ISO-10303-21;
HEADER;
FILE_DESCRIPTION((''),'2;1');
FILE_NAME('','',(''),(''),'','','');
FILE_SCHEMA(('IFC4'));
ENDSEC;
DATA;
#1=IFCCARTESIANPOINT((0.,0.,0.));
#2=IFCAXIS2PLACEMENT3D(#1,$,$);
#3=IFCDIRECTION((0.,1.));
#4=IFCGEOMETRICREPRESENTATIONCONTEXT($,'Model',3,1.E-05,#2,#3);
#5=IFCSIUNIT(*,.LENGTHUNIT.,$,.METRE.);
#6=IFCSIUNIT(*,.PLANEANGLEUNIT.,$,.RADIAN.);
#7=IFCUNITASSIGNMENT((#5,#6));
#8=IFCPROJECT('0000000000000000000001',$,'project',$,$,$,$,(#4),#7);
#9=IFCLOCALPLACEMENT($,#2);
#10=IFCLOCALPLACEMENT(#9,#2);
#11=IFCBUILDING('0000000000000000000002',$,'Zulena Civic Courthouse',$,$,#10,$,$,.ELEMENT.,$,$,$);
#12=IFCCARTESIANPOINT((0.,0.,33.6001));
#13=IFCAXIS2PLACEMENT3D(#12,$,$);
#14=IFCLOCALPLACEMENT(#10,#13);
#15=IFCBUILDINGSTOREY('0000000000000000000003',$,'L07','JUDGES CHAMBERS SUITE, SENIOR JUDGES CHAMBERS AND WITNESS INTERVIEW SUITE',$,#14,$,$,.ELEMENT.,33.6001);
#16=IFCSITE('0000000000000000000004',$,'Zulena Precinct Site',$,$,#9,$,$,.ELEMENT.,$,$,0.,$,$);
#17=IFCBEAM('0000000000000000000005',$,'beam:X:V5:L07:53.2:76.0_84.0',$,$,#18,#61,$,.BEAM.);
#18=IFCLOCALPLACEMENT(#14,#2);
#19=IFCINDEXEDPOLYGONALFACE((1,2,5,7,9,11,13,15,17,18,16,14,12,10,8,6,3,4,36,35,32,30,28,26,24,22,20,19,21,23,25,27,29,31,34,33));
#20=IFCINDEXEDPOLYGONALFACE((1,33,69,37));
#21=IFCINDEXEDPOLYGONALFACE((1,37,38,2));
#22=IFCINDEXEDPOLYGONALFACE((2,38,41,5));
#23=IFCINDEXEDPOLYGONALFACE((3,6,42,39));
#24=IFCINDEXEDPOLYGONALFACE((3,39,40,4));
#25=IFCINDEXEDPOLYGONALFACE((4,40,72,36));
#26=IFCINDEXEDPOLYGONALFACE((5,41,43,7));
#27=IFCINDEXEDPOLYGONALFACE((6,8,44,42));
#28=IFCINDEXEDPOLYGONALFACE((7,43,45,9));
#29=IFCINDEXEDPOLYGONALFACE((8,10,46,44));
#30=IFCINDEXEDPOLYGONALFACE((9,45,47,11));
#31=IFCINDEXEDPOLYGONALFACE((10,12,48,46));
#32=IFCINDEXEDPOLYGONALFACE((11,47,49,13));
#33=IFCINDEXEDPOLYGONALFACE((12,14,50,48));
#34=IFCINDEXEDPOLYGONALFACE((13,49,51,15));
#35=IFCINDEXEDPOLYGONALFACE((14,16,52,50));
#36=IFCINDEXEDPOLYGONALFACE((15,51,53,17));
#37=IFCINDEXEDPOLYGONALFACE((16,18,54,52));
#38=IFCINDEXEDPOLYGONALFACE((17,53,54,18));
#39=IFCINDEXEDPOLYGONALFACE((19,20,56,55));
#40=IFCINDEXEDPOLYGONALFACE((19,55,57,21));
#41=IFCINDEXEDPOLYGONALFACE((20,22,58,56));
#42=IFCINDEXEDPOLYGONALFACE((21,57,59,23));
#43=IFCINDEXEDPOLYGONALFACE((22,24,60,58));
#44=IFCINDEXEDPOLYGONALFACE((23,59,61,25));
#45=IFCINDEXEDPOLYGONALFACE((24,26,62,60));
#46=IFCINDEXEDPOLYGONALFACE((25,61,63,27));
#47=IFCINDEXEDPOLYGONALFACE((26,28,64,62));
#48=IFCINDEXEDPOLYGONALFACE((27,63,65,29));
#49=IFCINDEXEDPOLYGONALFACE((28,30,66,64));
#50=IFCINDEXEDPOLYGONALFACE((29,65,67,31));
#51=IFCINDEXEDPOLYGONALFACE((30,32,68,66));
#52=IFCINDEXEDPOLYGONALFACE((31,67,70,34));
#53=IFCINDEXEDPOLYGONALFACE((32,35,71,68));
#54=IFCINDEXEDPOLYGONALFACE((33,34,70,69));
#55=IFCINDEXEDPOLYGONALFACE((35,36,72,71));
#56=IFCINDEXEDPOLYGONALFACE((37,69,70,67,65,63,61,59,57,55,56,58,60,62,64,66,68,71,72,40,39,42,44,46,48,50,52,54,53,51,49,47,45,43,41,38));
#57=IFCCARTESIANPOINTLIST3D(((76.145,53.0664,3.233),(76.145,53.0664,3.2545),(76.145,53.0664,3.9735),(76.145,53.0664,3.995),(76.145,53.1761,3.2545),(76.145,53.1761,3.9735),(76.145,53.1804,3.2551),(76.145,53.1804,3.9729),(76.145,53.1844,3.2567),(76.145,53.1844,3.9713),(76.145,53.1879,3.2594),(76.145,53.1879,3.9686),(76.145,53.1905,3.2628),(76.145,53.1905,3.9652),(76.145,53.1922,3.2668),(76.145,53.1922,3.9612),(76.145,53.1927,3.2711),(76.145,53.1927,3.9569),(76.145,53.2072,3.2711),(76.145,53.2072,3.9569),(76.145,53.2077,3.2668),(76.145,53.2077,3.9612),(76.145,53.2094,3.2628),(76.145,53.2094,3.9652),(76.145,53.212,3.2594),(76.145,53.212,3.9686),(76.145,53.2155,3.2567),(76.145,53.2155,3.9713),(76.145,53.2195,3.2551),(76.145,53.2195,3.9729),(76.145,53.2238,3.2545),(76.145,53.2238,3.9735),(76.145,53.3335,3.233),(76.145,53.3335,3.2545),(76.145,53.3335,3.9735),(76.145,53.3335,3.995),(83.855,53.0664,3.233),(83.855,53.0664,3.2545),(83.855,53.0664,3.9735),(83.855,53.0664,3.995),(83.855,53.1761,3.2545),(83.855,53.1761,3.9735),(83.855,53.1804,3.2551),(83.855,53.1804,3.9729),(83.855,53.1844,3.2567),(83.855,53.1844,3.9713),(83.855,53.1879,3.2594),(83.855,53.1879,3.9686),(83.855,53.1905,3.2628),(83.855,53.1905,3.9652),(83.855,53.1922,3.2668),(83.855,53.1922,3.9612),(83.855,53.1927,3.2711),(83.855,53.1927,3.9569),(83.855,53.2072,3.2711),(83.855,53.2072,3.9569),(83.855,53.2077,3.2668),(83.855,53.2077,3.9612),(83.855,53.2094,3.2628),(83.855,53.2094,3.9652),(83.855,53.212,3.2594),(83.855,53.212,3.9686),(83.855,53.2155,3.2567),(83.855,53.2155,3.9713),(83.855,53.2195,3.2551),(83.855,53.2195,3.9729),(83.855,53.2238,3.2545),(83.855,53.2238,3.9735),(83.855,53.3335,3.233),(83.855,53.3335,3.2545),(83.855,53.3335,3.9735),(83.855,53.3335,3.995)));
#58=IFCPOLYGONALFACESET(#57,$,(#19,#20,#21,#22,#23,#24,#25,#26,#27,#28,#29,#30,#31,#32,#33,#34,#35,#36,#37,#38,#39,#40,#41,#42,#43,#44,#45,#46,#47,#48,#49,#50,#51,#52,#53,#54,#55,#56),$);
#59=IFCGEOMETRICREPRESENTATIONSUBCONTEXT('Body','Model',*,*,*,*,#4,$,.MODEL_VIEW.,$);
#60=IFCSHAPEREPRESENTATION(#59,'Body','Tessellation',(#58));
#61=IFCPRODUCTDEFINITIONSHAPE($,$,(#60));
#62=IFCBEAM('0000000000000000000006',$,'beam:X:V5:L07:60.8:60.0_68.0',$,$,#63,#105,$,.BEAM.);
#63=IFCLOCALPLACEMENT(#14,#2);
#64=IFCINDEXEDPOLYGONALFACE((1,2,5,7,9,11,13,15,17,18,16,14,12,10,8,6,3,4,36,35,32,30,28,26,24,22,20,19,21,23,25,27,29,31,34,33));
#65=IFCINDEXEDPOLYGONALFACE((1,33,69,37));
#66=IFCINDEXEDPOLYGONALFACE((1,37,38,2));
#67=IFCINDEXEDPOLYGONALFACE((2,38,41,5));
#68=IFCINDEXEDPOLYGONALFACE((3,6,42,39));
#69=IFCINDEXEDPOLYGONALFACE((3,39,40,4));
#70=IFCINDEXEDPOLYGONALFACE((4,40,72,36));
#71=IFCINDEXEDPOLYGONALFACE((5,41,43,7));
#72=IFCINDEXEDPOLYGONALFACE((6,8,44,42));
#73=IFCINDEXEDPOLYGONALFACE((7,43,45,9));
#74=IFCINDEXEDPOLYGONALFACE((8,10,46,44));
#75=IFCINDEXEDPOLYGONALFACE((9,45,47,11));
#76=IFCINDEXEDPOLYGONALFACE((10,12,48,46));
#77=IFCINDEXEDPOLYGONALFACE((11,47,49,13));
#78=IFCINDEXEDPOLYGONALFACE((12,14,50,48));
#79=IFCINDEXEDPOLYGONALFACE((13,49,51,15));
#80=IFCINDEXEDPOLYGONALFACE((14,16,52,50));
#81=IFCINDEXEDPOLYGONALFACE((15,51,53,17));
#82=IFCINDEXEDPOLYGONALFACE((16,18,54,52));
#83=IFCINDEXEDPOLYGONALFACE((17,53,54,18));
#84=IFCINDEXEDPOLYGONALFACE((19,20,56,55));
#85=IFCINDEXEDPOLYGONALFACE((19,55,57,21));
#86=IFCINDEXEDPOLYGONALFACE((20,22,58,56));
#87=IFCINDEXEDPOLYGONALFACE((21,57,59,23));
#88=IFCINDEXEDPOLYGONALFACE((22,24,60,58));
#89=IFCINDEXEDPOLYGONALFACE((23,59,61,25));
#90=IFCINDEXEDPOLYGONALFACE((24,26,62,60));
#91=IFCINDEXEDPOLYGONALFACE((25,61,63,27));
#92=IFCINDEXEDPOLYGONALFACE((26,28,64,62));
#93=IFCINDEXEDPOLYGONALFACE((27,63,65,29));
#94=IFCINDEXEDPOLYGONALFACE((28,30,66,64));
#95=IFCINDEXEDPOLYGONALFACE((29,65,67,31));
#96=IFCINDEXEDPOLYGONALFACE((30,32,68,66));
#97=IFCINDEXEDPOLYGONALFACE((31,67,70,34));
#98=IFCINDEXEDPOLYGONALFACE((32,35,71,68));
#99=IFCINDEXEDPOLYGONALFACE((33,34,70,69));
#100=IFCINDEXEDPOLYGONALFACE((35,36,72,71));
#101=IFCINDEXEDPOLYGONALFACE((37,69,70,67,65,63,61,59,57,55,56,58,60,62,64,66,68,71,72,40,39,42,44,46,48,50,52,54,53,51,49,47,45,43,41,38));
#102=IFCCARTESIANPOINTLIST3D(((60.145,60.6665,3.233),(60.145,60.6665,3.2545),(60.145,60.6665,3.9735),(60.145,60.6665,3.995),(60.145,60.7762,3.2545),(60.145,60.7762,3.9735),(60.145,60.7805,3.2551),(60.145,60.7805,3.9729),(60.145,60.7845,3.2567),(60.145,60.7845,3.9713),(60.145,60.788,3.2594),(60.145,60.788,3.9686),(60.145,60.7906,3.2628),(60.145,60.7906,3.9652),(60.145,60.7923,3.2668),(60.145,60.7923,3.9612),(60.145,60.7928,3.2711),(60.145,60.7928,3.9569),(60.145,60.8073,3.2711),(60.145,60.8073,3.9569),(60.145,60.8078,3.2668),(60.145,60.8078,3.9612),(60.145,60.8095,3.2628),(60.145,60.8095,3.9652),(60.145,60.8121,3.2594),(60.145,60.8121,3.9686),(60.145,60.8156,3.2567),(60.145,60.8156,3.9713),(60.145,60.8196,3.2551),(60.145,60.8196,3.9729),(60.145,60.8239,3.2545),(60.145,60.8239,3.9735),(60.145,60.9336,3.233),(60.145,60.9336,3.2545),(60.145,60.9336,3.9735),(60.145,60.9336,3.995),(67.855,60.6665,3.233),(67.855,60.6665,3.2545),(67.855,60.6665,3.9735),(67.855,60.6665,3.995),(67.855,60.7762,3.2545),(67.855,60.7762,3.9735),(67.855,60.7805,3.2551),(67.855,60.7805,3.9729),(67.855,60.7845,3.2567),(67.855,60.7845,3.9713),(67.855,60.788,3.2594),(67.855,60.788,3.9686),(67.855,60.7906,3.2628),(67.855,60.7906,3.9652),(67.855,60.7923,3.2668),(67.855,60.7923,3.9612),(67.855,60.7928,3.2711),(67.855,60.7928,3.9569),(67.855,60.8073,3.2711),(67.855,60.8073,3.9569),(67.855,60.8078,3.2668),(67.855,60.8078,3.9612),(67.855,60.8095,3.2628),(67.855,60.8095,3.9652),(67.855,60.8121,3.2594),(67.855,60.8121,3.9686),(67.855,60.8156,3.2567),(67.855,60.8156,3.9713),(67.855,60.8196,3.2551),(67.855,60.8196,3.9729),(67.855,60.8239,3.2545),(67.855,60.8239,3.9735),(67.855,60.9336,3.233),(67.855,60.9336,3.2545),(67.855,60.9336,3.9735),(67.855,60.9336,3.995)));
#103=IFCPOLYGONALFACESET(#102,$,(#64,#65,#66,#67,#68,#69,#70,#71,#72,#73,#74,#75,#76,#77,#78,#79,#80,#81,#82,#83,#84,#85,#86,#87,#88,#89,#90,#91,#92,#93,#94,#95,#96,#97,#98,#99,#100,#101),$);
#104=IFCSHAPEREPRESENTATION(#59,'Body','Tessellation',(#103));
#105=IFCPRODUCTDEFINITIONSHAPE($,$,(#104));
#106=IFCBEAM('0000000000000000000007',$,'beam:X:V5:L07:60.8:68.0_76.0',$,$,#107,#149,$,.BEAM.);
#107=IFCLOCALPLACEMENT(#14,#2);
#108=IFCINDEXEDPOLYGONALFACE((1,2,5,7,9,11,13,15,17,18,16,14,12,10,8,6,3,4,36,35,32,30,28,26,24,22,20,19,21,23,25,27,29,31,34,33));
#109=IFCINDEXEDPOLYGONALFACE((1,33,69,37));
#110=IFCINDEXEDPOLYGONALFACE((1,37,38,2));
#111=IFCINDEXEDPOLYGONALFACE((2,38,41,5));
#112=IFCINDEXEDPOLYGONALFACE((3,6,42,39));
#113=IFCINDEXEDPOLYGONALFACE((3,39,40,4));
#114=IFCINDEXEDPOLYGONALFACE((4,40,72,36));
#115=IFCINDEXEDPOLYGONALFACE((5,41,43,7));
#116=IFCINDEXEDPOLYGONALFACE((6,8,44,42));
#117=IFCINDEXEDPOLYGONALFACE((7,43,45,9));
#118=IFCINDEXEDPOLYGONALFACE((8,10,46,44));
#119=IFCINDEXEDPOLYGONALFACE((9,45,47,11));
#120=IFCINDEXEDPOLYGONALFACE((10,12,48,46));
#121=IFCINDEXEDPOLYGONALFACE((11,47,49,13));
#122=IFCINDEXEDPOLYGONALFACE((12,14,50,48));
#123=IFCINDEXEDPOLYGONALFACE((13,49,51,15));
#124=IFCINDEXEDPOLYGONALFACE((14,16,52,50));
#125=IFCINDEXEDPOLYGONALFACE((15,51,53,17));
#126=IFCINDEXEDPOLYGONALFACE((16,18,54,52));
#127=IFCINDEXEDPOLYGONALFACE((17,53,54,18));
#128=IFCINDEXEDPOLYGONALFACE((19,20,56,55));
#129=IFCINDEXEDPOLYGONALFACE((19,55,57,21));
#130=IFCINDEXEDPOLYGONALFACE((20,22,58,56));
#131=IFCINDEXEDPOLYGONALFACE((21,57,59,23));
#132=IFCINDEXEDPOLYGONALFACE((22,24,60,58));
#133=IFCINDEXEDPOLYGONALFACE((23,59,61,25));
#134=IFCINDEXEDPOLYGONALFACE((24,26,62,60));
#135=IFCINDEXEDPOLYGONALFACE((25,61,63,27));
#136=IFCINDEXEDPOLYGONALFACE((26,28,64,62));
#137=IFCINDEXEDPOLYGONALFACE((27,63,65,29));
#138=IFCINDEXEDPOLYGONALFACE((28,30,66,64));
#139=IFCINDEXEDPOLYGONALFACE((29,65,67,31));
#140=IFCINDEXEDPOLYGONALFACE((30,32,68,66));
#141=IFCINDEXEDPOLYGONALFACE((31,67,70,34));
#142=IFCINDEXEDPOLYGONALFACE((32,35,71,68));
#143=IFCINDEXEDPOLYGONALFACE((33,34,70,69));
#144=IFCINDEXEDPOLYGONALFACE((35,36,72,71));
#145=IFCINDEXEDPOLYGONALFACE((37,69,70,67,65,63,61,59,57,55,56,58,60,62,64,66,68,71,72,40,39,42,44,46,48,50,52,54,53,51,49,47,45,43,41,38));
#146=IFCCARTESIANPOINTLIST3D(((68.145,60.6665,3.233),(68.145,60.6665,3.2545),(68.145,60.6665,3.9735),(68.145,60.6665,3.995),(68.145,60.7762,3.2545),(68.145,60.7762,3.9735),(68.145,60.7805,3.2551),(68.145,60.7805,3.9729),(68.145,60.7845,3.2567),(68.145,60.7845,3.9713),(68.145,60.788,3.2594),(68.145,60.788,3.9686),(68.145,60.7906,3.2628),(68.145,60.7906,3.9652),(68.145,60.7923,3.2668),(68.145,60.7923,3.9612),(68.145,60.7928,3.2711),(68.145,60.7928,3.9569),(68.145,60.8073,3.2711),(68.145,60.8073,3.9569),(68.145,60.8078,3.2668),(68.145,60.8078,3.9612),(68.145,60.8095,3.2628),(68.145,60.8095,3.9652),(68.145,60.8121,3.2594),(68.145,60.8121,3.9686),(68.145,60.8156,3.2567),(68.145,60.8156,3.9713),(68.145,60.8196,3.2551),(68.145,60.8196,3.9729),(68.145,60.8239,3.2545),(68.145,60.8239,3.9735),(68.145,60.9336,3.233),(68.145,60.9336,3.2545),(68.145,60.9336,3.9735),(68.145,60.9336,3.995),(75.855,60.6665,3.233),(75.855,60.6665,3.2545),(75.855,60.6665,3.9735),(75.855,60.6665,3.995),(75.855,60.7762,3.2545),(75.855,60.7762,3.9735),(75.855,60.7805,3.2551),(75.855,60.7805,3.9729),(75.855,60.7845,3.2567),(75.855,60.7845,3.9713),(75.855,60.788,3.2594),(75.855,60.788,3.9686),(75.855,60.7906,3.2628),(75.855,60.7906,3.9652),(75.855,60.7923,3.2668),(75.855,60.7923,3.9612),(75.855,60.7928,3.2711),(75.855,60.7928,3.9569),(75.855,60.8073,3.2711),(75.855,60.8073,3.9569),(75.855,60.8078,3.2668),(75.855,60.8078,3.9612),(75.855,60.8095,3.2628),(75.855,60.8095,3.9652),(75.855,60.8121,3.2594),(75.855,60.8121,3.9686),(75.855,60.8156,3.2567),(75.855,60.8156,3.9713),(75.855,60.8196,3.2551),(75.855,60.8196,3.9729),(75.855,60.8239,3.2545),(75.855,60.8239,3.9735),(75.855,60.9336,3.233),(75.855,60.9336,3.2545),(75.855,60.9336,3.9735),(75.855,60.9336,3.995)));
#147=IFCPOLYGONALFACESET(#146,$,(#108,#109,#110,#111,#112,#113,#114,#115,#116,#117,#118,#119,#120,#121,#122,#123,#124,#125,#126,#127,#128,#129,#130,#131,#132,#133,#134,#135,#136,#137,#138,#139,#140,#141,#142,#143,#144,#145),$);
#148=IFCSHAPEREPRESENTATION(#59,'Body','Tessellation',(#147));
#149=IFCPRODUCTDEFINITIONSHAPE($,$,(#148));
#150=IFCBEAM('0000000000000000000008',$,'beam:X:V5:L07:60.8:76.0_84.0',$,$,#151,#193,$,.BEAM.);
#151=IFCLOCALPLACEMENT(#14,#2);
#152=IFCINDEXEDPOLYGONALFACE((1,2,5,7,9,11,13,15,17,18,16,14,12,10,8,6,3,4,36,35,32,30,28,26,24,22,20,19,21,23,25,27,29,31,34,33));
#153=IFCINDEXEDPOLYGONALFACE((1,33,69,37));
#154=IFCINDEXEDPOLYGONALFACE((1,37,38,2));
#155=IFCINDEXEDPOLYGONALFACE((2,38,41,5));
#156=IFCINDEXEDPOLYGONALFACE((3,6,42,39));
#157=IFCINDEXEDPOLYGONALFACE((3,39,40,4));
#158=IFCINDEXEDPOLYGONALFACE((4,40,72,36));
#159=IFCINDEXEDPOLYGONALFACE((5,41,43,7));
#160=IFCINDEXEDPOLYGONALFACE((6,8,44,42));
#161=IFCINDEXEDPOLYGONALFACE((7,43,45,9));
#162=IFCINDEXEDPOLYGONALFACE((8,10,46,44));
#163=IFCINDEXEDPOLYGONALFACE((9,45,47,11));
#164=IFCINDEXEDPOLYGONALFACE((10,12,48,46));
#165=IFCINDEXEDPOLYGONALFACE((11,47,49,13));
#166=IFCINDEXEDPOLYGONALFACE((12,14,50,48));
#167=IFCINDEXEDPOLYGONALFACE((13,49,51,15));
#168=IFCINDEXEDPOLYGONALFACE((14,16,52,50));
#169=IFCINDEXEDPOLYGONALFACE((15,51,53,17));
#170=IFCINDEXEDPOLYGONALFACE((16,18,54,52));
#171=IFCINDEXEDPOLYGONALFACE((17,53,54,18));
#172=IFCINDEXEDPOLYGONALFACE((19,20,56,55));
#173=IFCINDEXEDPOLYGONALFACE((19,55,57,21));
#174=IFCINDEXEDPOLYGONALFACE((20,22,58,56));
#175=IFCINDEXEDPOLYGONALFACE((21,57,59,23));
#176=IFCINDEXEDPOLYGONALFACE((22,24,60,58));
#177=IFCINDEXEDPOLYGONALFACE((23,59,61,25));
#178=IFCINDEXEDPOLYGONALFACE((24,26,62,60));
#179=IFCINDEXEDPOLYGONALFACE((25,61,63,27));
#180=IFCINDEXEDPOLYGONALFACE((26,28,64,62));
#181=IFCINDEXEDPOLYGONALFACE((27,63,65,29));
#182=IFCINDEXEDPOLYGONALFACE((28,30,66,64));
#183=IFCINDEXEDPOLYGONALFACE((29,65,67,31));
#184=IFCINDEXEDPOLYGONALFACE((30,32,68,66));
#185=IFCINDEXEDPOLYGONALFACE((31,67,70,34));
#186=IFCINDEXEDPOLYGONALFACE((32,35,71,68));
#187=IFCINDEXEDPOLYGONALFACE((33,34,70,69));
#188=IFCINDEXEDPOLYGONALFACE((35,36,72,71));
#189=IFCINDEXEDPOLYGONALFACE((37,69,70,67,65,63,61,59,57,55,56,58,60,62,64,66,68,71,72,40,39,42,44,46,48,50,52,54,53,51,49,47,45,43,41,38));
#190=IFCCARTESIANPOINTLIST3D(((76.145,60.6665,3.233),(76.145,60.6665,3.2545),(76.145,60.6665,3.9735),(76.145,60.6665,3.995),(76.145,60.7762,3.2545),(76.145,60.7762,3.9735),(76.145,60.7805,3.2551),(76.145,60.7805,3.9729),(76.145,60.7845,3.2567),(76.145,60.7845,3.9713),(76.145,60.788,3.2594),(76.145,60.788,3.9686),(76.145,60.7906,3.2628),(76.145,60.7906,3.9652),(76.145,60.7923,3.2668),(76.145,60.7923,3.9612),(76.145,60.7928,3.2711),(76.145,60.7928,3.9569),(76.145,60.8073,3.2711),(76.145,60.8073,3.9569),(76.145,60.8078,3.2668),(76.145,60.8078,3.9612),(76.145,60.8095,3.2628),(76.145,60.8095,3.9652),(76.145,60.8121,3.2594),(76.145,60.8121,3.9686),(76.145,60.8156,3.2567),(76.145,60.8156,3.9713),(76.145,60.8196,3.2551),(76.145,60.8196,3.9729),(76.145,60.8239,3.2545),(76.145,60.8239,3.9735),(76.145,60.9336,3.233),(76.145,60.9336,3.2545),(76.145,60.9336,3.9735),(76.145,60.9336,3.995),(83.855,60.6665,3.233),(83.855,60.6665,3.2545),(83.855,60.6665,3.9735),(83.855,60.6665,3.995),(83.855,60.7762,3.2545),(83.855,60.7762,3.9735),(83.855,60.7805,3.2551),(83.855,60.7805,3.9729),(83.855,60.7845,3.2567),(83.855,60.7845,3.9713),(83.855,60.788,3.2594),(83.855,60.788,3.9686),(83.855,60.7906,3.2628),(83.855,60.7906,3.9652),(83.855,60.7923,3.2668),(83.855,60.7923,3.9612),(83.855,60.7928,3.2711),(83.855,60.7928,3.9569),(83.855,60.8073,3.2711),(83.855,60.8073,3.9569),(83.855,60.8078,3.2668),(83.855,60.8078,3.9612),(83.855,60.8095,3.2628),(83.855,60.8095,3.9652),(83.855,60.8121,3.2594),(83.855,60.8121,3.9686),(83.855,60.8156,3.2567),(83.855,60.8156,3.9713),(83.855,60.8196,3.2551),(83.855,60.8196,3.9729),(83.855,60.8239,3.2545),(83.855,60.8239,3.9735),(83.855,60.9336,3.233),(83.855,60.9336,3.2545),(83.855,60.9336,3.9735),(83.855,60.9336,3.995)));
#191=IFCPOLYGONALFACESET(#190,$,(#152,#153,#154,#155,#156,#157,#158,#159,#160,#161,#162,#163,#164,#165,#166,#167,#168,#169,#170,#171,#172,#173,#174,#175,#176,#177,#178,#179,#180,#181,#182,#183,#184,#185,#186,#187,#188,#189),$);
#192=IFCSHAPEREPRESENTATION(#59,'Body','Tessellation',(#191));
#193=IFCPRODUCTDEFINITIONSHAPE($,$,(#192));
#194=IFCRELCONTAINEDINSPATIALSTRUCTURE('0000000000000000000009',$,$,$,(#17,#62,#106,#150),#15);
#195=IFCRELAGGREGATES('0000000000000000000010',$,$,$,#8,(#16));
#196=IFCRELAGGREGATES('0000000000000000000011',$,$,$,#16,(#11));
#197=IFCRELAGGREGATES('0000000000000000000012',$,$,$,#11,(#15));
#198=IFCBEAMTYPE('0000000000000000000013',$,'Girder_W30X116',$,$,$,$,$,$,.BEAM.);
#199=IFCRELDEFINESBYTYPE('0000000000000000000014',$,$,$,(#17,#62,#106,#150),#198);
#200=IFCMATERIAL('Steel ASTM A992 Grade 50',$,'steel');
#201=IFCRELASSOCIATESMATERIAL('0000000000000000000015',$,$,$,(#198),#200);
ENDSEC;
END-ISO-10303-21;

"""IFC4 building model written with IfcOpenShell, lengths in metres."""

from ifc_helpers import new_model, si_unit, direction, frame, origin, origin_2d, place, context, subcontext, project, spatial, i_section, extrude, material, material_profile, profile_set, type_object, element, save


model = new_model("IFC4")

# Units and contexts
model_context = context("Model", 3, precision=1e-05, world=origin(), true_north=direction((0.0, 1.0)))
body_context = subcontext(model_context, "Body", "Model", "MODEL_VIEW")
ifc_project = project(units=[si_unit("LENGTHUNIT", "METRE"), si_unit("PLANEANGLEUNIT", "RADIAN")], contexts=[model_context])

# Site, building, storey
site_placement = place(None, origin())
site = spatial("IfcSite", under=ifc_project, at=site_placement, Name="Zulena Precinct Site", CompositionType="ELEMENT", RefElevation=0.0)
building_placement = place(site_placement, origin())
building = spatial("IfcBuilding", under=site, at=building_placement, Name="Zulena Civic Courthouse", CompositionType="ELEMENT")
storey_placement = place(building_placement, frame((0.0, 0.0, 33.6001)))
storey = spatial("IfcBuildingStorey", under=building, at=storey_placement, Name="L07", Description="JUDGES CHAMBERS SUITE, SENIOR JUDGES CHAMBERS AND WITNESS INTERVIEW SUITE", CompositionType="ELEMENT", Elevation=33.6001)

# Shared definitions
ifc_material_1 = material(Name="Steel ASTM A992 Grade 50", Category="steel")

# Beams
ifc_material_profile_1 = material_profile(ifc_material_1, i_section(OverallWidth=0.2671, OverallDepth=0.762, WebThickness=0.0144, FlangeThickness=0.0215, FilletRadius=0.0166, at=origin_2d()), Name="W30X116")
ifc_profile_set_1 = profile_set([ifc_material_profile_1], Name="Steel ASTM A992 Grade 50")
beam_type_1 = type_object("IfcBeamType", Name="Girder_W30X116", PredefinedType="BEAM", material=ifc_profile_set_1)
for number, where, z_axis, x_axis, name in (
    (1, (76.145, 53.2, 3.614), (1.0, 0.0, 0.0), (0.0, 1.0, 0.0), "beam:X:V5:L07:53.2:76.0_84.0"),
    (2, (60.145, 60.8, 3.614), (1.0, 0.0, 0.0), (0.0, 1.0, 0.0), "beam:X:V5:L07:60.8:60.0_68.0"),
    (3, (68.145, 60.8, 3.614), (1.0, 0.0, 0.0), (0.0, 1.0, 0.0), "beam:X:V5:L07:60.8:68.0_76.0"),
    (4, (76.145, 60.8, 3.614), (1.0, 0.0, 0.0), (0.0, 1.0, 0.0), "beam:X:V5:L07:60.8:76.0_84.0"),
):
    element("IfcBeam", number, at=place(storey_placement, frame(where, z_axis=z_axis, x_axis=x_axis)), inside=storey, type_object=beam_type_1, Name=name, PredefinedType="BEAM", context=body_context, shape_type="SweptSolid", body=[
        extrude(i_section(OverallWidth=0.2671, OverallDepth=0.762, WebThickness=0.0144, FlangeThickness=0.0215, FilletRadius=0.0166, at=origin_2d()), origin(), (0.0, 0.0, 1.0), 7.71),
    ])

save(model, "model.ifc")
